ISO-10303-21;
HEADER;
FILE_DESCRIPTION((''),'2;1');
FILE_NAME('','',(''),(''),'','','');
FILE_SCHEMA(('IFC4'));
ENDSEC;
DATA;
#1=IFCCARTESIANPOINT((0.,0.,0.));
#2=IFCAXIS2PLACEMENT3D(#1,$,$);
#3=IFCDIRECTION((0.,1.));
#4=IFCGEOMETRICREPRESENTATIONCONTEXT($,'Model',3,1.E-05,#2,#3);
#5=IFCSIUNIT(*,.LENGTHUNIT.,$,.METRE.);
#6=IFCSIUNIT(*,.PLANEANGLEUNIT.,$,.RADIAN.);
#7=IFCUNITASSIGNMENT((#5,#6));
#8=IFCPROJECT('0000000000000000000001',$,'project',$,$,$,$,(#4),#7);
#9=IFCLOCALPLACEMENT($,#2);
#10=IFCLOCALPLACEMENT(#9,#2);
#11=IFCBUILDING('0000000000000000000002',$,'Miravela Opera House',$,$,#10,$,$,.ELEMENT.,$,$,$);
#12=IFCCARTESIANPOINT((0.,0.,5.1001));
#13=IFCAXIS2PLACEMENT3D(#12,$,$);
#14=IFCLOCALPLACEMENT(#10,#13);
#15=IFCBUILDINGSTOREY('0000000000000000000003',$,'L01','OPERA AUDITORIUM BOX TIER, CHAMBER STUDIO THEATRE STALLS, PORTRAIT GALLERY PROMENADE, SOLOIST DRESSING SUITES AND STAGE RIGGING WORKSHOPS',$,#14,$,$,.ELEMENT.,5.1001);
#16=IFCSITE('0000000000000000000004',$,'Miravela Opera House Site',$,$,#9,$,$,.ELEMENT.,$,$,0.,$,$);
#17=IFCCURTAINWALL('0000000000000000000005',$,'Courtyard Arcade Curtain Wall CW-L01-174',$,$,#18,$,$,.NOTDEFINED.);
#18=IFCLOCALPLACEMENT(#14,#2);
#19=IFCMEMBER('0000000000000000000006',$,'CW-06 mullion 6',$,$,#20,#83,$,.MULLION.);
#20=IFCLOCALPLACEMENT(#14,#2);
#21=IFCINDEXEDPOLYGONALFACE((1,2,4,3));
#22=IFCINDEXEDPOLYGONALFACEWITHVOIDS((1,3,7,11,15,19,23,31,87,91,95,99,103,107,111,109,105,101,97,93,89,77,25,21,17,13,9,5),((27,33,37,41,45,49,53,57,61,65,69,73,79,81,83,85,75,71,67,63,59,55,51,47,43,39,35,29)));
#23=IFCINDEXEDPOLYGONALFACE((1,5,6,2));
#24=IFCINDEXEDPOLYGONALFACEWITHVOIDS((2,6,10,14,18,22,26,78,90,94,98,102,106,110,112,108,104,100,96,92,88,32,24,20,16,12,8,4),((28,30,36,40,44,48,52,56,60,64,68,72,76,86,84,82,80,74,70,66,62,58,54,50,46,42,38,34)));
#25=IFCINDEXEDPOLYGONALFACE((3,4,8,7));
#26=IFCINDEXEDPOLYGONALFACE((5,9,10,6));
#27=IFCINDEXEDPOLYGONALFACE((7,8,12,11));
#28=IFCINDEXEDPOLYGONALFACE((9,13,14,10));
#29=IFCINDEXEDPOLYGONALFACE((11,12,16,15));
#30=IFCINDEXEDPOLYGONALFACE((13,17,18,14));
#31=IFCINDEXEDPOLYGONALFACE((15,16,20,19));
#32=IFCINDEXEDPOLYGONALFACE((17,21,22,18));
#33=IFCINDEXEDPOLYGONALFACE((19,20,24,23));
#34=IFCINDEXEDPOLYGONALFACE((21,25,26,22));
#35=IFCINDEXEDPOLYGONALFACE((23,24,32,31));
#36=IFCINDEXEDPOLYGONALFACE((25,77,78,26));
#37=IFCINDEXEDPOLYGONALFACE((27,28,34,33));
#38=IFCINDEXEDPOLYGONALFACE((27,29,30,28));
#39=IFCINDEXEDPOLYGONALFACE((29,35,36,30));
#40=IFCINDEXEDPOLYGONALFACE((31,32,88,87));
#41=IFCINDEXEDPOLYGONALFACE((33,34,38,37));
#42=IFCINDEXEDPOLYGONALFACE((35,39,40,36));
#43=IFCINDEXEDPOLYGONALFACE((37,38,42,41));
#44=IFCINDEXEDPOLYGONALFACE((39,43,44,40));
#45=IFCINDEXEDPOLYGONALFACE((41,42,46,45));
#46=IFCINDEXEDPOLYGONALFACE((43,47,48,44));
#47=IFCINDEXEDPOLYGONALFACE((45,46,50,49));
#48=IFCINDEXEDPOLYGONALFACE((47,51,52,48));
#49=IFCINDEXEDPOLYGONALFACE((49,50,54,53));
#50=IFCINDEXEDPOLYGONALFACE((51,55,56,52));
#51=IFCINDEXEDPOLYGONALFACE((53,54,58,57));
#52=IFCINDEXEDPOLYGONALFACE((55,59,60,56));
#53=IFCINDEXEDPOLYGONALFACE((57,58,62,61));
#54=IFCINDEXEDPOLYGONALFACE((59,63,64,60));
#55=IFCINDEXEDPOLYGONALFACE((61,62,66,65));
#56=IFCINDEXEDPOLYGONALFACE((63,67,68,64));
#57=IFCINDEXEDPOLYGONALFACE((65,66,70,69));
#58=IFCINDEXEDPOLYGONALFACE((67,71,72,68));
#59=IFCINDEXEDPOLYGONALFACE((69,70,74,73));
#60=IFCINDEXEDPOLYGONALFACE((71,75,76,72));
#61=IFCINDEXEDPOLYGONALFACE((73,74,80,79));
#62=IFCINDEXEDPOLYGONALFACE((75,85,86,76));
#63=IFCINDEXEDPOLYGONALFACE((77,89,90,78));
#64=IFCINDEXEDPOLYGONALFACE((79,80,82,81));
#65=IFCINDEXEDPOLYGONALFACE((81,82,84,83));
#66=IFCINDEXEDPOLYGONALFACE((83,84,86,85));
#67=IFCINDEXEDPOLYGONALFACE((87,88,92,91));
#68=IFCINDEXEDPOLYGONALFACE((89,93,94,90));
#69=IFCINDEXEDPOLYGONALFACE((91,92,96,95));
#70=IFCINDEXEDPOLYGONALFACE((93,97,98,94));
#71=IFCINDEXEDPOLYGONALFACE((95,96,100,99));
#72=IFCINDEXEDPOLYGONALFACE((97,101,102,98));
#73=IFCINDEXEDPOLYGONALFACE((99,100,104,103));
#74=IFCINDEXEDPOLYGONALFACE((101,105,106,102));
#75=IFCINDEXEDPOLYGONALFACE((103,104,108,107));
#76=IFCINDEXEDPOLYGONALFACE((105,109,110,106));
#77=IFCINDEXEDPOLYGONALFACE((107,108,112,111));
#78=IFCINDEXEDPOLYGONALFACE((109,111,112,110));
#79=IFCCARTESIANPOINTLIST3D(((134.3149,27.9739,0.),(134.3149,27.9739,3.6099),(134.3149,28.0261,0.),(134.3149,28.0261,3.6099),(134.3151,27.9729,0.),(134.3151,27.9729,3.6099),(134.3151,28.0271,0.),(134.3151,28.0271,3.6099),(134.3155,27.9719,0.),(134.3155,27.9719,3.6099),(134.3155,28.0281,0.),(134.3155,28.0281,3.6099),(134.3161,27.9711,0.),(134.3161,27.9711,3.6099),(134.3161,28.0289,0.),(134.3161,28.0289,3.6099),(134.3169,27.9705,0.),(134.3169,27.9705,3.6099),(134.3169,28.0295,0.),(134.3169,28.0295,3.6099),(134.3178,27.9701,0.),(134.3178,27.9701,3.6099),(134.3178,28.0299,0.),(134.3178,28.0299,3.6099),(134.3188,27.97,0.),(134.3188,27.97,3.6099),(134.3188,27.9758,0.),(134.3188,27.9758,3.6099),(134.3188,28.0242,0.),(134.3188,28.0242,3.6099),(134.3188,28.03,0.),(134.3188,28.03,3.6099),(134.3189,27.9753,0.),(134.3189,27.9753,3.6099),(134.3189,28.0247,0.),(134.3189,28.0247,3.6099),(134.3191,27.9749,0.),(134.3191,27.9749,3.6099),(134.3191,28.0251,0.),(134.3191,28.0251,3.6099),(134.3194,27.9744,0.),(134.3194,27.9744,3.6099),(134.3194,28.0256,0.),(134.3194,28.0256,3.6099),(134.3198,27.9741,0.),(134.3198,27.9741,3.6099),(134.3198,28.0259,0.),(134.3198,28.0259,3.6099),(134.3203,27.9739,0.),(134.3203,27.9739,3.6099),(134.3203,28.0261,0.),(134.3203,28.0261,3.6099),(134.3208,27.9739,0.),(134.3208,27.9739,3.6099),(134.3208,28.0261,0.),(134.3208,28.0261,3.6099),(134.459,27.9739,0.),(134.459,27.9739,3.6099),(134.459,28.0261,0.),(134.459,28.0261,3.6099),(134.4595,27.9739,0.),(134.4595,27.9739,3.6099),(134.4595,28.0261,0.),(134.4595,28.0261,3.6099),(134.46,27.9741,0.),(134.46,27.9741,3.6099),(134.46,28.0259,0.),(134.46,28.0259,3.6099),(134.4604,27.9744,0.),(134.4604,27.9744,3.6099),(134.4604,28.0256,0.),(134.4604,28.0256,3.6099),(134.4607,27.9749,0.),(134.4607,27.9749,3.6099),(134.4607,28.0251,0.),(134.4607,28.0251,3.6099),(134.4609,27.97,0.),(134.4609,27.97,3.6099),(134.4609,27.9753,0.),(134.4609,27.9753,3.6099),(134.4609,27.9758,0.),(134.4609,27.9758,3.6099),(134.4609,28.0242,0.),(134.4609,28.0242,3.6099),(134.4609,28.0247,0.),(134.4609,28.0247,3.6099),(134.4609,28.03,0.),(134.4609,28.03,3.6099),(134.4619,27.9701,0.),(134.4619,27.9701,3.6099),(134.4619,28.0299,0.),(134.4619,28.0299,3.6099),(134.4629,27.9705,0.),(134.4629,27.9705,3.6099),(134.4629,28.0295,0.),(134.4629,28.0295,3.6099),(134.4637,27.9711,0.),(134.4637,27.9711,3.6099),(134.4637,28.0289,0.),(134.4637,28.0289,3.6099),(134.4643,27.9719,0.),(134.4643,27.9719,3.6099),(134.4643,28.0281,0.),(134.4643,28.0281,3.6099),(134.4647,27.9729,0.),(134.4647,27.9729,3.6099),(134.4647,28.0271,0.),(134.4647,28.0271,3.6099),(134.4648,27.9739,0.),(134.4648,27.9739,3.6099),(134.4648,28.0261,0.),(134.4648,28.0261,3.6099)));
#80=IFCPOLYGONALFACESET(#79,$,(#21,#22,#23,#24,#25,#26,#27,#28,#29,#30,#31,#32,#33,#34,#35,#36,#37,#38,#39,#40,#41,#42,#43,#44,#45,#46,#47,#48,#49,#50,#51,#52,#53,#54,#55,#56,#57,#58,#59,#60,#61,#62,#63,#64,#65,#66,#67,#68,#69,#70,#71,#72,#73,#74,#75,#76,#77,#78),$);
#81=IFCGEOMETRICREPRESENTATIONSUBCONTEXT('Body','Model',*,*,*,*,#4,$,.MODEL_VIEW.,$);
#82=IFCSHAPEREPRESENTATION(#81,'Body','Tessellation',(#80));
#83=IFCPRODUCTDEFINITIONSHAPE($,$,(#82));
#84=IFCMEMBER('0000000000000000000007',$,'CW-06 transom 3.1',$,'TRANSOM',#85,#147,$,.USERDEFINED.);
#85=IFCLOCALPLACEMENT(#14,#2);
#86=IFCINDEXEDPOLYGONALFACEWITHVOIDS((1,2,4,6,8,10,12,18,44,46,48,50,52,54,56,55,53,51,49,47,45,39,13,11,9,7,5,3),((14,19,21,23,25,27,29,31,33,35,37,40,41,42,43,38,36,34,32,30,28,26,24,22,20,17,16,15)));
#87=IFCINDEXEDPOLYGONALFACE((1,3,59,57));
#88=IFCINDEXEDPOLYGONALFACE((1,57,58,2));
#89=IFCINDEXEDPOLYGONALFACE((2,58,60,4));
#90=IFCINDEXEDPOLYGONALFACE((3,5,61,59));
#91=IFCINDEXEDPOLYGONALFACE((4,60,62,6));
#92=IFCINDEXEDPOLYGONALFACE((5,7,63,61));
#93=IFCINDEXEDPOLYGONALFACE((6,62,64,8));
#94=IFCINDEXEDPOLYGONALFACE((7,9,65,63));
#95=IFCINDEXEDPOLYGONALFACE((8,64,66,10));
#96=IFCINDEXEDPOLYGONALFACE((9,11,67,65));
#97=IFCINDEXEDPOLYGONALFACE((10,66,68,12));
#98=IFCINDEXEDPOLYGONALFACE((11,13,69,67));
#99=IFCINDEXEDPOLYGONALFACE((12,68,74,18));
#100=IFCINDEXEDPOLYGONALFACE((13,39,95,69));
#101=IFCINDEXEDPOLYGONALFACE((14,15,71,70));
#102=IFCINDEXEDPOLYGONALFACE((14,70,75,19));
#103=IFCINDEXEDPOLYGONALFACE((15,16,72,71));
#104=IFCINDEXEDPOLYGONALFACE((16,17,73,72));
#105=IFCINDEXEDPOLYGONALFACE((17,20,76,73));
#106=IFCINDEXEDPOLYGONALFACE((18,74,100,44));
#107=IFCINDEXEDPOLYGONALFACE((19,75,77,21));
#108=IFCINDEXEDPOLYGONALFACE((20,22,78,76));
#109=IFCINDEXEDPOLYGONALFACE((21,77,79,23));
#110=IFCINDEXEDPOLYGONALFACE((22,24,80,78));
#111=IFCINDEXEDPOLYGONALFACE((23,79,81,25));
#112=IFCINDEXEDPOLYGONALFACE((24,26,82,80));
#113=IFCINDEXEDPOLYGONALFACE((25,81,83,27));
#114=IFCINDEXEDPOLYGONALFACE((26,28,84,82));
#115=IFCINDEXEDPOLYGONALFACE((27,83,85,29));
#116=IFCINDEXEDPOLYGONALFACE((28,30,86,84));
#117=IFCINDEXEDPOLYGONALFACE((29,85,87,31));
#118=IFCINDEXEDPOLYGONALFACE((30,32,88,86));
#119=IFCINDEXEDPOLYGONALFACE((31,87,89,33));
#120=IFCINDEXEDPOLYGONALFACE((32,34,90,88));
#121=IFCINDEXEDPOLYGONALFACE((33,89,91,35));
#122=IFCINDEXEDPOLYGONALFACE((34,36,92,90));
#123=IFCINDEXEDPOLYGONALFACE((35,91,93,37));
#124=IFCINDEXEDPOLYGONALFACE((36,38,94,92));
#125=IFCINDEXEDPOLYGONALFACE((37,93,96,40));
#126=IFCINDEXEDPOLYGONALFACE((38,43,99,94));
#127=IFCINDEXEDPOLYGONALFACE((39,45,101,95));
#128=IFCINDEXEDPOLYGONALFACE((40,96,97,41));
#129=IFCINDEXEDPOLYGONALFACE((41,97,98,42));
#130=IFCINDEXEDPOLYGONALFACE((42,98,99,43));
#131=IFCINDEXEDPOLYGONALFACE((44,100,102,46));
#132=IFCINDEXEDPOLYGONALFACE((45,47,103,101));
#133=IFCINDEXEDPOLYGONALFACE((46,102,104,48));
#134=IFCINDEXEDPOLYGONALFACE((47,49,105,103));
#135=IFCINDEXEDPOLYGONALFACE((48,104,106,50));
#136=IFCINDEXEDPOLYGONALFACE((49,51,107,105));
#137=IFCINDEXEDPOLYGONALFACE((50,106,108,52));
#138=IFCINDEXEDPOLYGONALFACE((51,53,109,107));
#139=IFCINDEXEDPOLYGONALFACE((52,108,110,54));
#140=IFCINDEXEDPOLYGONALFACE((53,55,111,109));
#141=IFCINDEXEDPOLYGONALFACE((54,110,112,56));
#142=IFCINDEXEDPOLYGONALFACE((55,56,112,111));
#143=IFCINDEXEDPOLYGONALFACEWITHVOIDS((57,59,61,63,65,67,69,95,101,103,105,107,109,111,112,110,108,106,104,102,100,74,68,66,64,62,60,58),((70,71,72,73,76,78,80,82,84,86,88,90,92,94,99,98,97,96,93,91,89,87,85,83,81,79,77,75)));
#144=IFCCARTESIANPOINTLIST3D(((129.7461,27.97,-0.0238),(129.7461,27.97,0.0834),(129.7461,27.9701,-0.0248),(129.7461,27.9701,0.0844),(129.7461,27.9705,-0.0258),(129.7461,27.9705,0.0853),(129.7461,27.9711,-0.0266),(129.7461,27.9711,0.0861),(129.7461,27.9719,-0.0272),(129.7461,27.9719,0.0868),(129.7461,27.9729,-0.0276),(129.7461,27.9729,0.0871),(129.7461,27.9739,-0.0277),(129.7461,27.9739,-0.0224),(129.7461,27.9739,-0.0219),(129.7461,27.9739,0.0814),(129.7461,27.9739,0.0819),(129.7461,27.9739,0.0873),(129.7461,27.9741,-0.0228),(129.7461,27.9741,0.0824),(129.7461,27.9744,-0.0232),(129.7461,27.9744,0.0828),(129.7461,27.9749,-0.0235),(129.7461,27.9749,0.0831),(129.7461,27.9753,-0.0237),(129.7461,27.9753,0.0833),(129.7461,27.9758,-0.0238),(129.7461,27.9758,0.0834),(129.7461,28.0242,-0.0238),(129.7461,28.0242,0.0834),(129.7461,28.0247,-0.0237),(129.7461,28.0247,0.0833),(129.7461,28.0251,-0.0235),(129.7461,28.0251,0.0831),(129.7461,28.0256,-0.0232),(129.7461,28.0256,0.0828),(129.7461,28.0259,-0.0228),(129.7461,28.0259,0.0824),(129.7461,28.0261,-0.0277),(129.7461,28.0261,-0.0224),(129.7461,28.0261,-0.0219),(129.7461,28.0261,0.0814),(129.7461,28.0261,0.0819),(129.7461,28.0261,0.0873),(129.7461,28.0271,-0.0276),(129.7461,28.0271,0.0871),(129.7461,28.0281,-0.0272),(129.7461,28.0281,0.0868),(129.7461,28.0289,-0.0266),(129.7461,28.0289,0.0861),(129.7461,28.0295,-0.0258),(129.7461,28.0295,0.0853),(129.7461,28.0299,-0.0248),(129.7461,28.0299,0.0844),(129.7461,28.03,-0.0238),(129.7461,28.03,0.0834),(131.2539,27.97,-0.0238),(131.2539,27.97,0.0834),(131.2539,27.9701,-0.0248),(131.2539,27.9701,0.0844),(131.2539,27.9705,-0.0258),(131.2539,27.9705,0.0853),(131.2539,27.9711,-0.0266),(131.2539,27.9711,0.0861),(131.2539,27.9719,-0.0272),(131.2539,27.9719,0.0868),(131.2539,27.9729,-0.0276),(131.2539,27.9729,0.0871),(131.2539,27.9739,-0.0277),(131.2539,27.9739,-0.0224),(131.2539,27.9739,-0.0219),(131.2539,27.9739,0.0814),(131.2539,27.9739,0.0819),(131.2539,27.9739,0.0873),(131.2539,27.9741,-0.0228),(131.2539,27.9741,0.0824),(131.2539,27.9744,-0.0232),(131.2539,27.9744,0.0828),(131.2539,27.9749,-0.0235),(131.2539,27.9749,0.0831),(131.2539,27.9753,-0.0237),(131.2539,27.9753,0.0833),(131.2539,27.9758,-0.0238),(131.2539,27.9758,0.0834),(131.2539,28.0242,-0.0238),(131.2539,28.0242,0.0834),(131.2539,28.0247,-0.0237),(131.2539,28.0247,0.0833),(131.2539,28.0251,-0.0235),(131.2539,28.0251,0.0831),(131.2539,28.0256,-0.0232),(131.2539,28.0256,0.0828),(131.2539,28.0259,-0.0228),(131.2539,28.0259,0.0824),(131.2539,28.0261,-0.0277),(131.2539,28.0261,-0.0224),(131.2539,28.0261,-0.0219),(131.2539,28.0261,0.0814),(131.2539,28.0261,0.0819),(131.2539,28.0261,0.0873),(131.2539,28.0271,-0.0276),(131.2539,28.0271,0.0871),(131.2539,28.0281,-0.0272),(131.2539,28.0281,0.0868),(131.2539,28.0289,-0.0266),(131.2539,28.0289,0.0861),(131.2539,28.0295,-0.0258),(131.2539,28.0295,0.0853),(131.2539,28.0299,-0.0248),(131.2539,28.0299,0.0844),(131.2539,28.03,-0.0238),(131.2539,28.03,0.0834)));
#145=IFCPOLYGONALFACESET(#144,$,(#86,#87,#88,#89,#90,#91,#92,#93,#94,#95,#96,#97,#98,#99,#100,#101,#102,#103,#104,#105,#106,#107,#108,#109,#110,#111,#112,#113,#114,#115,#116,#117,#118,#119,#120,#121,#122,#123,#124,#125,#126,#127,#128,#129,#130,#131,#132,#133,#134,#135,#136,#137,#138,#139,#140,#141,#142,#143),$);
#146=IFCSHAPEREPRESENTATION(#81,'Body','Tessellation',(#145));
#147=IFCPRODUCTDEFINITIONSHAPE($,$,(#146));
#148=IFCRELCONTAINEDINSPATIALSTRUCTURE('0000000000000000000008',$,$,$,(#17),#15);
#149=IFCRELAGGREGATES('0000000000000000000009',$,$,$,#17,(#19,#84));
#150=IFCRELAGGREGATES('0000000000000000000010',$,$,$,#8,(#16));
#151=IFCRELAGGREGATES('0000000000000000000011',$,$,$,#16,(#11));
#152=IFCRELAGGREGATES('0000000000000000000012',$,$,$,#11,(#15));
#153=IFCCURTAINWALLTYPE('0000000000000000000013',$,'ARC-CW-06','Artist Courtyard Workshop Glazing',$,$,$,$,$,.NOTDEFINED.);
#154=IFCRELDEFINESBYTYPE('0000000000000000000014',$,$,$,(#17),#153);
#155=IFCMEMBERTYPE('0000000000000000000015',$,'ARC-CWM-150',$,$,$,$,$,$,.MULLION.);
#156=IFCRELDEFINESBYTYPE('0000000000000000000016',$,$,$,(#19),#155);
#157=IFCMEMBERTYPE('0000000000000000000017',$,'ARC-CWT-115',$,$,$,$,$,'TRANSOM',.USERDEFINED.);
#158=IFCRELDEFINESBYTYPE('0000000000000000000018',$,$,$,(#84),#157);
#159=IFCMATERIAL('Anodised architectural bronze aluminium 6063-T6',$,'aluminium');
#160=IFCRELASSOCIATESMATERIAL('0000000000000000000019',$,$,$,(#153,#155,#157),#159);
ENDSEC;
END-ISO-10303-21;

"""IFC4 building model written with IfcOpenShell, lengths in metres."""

from ifc_helpers import new_model, si_unit, direction, frame, origin, origin_2d, place, context, subcontext, project, spatial, hollow_rectangle, extrude, material, material_profile, profile_set, type_object, element, aggregate, save


model = new_model("IFC4")

# Units and contexts
model_context = context("Model", 3, precision=1e-05, world=origin(), true_north=direction((0.0, 1.0)))
body_context = subcontext(model_context, "Body", "Model", "MODEL_VIEW")
ifc_project = project(units=[si_unit("LENGTHUNIT", "METRE"), si_unit("PLANEANGLEUNIT", "RADIAN")], contexts=[model_context])

# Site, building, storey
site_placement = place(None, origin())
site = spatial("IfcSite", under=ifc_project, at=site_placement, Name="Miravela Opera House Site", CompositionType="ELEMENT", RefElevation=0.0)
building_placement = place(site_placement, origin())
building = spatial("IfcBuilding", under=site, at=building_placement, Name="Miravela Opera House", CompositionType="ELEMENT")
storey_placement = place(building_placement, frame((0.0, 0.0, 5.1001)))
storey = spatial("IfcBuildingStorey", under=building, at=storey_placement, Name="L01", Description="OPERA AUDITORIUM BOX TIER, CHAMBER STUDIO THEATRE STALLS, PORTRAIT GALLERY PROMENADE, SOLOIST DRESSING SUITES AND STAGE RIGGING WORKSHOPS", CompositionType="ELEMENT", Elevation=5.1001)

# Curtain wall, members
ifc_material_1 = material(Name="Anodised architectural bronze aluminium 6063-T6", Category="aluminium")
curtain_wall_type = type_object("IfcCurtainWallType", Name="ARC-CW-06", Description="Artist Courtyard Workshop Glazing", PredefinedType="NOTDEFINED", material=ifc_material_1)
curtain_wall_placement = place(storey_placement, origin())
curtain_wall = element("IfcCurtainWall", 1, at=curtain_wall_placement, inside=storey, type_object=curtain_wall_type, Name="Courtyard Arcade Curtain Wall CW-L01-174", PredefinedType="NOTDEFINED")
ifc_material_profile_1 = material_profile(ifc_material_1, hollow_rectangle(XDim=0.0601, YDim=0.1499, WallThickness=0.0039, InnerFilletRadius=0.002, OuterFilletRadius=0.0039, at=origin_2d()), Name="CWM-60X150")
ifc_profile_set_1 = profile_set([ifc_material_profile_1])
member_type_1 = type_object("IfcMemberType", Name="ARC-CWM-150", PredefinedType="MULLION", material=ifc_profile_set_1)
member_1_placement = place(storey_placement, frame((134.3899, 28.0, 0.0), z_axis=(0.0, 0.0, 1.0), x_axis=(0.0, 1.0, 0.0)))
member_1 = element("IfcMember", 2, at=member_1_placement, type_object=member_type_1, Name="CW-06 mullion 6", PredefinedType="MULLION", context=body_context, shape_type="SweptSolid", body=[
    extrude(hollow_rectangle(XDim=0.0601, YDim=0.1499, WallThickness=0.0039, InnerFilletRadius=0.002, OuterFilletRadius=0.0039, at=origin_2d()), origin(), (0.0, 0.0, 1.0), 3.6099),
])
ifc_material_profile_2 = material_profile(ifc_material_1, hollow_rectangle(XDim=0.0601, YDim=0.115, WallThickness=0.0039, InnerFilletRadius=0.002, OuterFilletRadius=0.0039, at=origin_2d()), Name="CWT-60X115")
ifc_profile_set_2 = profile_set([ifc_material_profile_2])
member_type_2 = type_object("IfcMemberType", Name="ARC-CWT-115", ElementType="TRANSOM", PredefinedType="USERDEFINED", material=ifc_profile_set_2)
member_2_placement = place(storey_placement, frame((129.7461, 28.0, 0.0298), z_axis=(1.0, 0.0, 0.0), x_axis=(0.0, 1.0, 0.0)))
member_2 = element("IfcMember", 3, at=member_2_placement, type_object=member_type_2, Name="CW-06 transom 3.1", ObjectType="TRANSOM", PredefinedType="USERDEFINED", context=body_context, shape_type="SweptSolid", body=[
    extrude(hollow_rectangle(XDim=0.0601, YDim=0.115, WallThickness=0.0039, InnerFilletRadius=0.002, OuterFilletRadius=0.0039, at=origin_2d()), origin(), (0.0, 0.0, 1.0), 1.5078),
])
aggregate(curtain_wall, [member_1, member_2])

save(model, "model.ifc")
